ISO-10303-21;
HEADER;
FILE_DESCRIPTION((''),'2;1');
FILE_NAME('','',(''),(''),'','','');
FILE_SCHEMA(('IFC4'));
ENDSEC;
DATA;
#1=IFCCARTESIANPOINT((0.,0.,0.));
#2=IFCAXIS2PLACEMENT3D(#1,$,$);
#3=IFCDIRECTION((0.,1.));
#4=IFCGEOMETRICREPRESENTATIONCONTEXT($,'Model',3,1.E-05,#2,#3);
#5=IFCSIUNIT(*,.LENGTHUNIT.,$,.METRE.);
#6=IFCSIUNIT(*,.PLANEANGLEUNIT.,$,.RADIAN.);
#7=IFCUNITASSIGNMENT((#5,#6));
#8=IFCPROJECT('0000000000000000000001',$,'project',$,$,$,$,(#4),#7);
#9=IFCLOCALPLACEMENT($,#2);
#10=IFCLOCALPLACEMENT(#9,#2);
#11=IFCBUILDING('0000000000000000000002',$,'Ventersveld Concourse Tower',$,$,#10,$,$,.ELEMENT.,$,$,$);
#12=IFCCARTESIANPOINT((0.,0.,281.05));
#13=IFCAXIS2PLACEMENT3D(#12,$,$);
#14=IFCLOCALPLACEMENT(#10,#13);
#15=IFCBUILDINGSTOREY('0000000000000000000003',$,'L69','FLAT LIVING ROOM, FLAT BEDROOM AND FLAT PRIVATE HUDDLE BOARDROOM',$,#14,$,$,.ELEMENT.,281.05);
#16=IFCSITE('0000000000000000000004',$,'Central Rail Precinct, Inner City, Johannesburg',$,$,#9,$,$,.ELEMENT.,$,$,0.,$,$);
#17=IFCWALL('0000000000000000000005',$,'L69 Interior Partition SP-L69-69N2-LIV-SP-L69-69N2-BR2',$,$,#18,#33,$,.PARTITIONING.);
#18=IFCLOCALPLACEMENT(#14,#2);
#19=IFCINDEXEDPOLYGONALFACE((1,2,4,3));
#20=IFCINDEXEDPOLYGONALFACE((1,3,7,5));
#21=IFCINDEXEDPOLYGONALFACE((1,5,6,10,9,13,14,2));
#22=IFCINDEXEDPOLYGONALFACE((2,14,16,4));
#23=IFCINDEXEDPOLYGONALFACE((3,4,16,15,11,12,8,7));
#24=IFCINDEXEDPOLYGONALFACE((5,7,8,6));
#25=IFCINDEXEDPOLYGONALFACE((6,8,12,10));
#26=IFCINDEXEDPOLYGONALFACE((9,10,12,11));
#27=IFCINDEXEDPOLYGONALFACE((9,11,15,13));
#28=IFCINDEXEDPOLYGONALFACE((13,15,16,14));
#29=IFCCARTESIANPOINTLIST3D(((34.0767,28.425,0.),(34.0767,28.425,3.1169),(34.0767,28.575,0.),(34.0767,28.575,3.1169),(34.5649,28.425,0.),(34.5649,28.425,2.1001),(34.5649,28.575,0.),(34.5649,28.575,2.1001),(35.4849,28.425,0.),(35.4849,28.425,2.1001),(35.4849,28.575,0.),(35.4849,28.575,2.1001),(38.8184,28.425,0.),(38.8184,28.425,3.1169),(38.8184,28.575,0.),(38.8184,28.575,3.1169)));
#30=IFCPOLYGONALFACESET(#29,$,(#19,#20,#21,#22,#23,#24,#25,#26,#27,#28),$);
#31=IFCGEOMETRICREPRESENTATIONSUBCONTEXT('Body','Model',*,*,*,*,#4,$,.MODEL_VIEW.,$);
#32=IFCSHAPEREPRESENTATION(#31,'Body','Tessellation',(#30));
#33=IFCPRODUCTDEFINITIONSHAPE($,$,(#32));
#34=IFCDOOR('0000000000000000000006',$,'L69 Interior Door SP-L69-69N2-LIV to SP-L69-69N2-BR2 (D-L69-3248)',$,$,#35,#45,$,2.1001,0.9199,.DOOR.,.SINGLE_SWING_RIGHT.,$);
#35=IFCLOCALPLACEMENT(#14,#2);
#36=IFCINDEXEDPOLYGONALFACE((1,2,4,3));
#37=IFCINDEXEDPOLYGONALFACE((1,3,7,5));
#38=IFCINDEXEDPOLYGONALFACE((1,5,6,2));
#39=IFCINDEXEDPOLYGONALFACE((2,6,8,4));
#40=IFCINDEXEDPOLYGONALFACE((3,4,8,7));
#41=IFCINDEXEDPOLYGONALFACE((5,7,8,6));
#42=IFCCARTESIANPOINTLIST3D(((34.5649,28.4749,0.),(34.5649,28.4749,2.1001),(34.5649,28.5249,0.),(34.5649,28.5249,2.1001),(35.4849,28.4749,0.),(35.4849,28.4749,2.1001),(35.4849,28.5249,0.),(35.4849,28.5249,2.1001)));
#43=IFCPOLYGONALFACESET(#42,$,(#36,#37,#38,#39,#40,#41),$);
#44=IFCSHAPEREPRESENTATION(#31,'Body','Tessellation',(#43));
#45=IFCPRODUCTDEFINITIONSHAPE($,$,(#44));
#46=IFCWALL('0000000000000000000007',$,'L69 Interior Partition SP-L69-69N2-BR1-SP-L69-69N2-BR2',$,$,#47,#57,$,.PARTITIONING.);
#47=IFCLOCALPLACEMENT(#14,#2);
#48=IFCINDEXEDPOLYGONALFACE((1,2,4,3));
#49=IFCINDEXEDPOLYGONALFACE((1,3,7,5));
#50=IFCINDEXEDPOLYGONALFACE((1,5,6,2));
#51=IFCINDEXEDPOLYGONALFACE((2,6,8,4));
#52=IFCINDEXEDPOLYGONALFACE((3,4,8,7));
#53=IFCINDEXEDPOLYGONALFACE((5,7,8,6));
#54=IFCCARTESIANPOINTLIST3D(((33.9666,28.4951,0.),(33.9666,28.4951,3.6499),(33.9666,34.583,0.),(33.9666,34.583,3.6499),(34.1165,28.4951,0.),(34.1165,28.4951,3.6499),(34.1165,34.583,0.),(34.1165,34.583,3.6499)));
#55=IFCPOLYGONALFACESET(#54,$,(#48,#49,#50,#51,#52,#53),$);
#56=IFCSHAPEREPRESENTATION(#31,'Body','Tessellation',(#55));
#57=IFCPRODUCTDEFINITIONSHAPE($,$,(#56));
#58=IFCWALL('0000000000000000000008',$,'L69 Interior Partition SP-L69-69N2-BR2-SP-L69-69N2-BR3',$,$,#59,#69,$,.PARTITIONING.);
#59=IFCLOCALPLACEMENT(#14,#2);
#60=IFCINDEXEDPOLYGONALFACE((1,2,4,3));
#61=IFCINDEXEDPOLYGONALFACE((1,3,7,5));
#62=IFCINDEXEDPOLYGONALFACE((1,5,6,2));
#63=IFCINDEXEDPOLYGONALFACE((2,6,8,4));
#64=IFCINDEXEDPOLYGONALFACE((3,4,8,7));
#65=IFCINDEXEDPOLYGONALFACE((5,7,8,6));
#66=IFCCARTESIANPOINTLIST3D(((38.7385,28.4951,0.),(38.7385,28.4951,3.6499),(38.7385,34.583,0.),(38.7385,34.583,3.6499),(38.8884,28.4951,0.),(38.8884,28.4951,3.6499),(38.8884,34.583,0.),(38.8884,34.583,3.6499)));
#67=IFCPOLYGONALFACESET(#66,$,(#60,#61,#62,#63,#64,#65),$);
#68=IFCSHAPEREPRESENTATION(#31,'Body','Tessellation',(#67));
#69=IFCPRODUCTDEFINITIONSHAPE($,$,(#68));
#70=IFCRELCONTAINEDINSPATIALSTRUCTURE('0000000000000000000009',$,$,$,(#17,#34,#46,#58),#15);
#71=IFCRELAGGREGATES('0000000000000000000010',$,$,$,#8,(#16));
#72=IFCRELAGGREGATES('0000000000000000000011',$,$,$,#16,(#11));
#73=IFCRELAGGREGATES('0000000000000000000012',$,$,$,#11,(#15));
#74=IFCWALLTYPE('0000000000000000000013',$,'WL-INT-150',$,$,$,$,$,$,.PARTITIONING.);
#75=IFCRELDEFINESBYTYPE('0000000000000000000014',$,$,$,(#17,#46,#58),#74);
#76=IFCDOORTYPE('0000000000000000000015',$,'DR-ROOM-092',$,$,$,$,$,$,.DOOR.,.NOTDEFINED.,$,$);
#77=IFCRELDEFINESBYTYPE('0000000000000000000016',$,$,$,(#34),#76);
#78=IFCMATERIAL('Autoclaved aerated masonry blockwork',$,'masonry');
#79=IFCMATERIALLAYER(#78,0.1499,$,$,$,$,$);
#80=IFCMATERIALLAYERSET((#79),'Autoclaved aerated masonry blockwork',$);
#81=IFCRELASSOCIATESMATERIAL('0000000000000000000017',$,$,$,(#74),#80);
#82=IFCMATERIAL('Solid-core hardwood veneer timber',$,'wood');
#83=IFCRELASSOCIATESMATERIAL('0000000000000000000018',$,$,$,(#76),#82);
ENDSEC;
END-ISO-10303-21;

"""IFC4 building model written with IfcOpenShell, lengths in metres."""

from ifc_helpers import new_model, si_unit, direction, frame, frame_2d, origin, place, context, subcontext, project, spatial, rectangle, extrude, material, layer, layer_set, type_object, element, fill, save


model = new_model("IFC4")

# Units and contexts
model_context = context("Model", 3, precision=1e-05, world=origin(), true_north=direction((0.0, 1.0)))
body_context = subcontext(model_context, "Body", "Model", "MODEL_VIEW")
ifc_project = project(units=[si_unit("LENGTHUNIT", "METRE"), si_unit("PLANEANGLEUNIT", "RADIAN")], contexts=[model_context])

# Site, building, storey
site_placement = place(None, origin())
site = spatial("IfcSite", under=ifc_project, at=site_placement, Name="Central Rail Precinct, Inner City, Johannesburg", CompositionType="ELEMENT", RefElevation=0.0)
building_placement = place(site_placement, origin())
building = spatial("IfcBuilding", under=site, at=building_placement, Name="Ventersveld Concourse Tower", CompositionType="ELEMENT")
storey_placement = place(building_placement, frame((0.0, 0.0, 281.05)))
storey = spatial("IfcBuildingStorey", under=building, at=storey_placement, Name="L69", Description="FLAT LIVING ROOM, FLAT BEDROOM AND FLAT PRIVATE HUDDLE BOARDROOM", CompositionType="ELEMENT", Elevation=281.05)

# Shared definitions
ifc_material_1 = material(Name="Autoclaved aerated masonry blockwork", Category="masonry")
ifc_layer_1 = layer(ifc_material_1, 0.1499)
ifc_layer_set_1 = layer_set([ifc_layer_1], Name="Autoclaved aerated masonry blockwork")
wall_type_1 = type_object("IfcWallType", Name="WL-INT-150", PredefinedType="PARTITIONING", material=ifc_layer_set_1)

# Wall, opening, door
ifc_material_2 = material(Name="Solid-core hardwood veneer timber", Category="wood")
door_type = type_object("IfcDoorType", Name="DR-ROOM-092", OperationType="NOTDEFINED", PredefinedType="DOOR", material=ifc_material_2)
wall_1_placement = place(storey_placement, frame((34.0767, 28.5, 0.0), z_axis=(0.0, 0.0, 1.0), x_axis=(1.0, 0.0, 0.0)))
wall_1 = element("IfcWall", 1, at=wall_1_placement, inside=storey, type_object=wall_type_1, Name="L69 Interior Partition SP-L69-69N2-LIV-SP-L69-69N2-BR2", PredefinedType="PARTITIONING", context=body_context, shape_type="SweptSolid", body=[
    extrude(rectangle(XDim=4.7417, YDim=0.1499, at=frame_2d((2.3708, 0.0))), origin(), (0.0, 0.0, 1.0), 3.1169),
])
opening_1_placement = place(wall_1_placement, frame((0.4883, 0.0, 0.0)))
opening_1 = element("IfcOpeningElement", 2, at=opening_1_placement, cuts=wall_1, PredefinedType="OPENING", context=body_context, shape_type="SweptSolid", body=[
    extrude(rectangle(XDim=0.9199, YDim=2.1001, at=frame_2d((0.46, 1.05))), frame((0.0, 0.085, 0.0), z_axis=(0.0, -1.0, 0.0), x_axis=(1.0, 0.0, 0.0)), (0.0, 0.0, 1.0), 0.1699),
])
door_1_placement = place(opening_1_placement, origin())
door_1 = element("IfcDoor", 3, at=door_1_placement, inside=storey, type_object=door_type, Name="L69 Interior Door SP-L69-69N2-LIV to SP-L69-69N2-BR2 (D-L69-3248)", OperationType="SINGLE_SWING_RIGHT", OverallHeight=2.1001, OverallWidth=0.9199, PredefinedType="DOOR", context=body_context, shape_type="SweptSolid", body=[
    extrude(rectangle(XDim=0.9199, YDim=2.1001, at=frame_2d((0.46, 1.05))), frame((0.0, 0.0249, 0.0), z_axis=(0.0, -1.0, 0.0), x_axis=(1.0, 0.0, 0.0)), (0.0, 0.0, 1.0), 0.05),
])
fill(opening_1, door_1)

# Walls
for number, where, z_axis, x_axis, name in (
    (4, (34.0415, 28.4951, 0.0), (0.0, 0.0, 1.0), (0.0, 1.0, 0.0), "L69 Interior Partition SP-L69-69N2-BR1-SP-L69-69N2-BR2"),
    (5, (38.8135, 28.4951, 0.0), (0.0, 0.0, 1.0), (0.0, 1.0, 0.0), "L69 Interior Partition SP-L69-69N2-BR2-SP-L69-69N2-BR3"),
):
    element("IfcWall", number, at=place(storey_placement, frame(where, z_axis=z_axis, x_axis=x_axis)), inside=storey, type_object=wall_type_1, Name=name, PredefinedType="PARTITIONING", context=body_context, shape_type="SweptSolid", body=[
        extrude(rectangle(XDim=6.0879, YDim=0.1499, at=frame_2d((3.0439, 0.0))), origin(), (0.0, 0.0, 1.0), 3.6499),
    ])

save(model, "model.ifc")
